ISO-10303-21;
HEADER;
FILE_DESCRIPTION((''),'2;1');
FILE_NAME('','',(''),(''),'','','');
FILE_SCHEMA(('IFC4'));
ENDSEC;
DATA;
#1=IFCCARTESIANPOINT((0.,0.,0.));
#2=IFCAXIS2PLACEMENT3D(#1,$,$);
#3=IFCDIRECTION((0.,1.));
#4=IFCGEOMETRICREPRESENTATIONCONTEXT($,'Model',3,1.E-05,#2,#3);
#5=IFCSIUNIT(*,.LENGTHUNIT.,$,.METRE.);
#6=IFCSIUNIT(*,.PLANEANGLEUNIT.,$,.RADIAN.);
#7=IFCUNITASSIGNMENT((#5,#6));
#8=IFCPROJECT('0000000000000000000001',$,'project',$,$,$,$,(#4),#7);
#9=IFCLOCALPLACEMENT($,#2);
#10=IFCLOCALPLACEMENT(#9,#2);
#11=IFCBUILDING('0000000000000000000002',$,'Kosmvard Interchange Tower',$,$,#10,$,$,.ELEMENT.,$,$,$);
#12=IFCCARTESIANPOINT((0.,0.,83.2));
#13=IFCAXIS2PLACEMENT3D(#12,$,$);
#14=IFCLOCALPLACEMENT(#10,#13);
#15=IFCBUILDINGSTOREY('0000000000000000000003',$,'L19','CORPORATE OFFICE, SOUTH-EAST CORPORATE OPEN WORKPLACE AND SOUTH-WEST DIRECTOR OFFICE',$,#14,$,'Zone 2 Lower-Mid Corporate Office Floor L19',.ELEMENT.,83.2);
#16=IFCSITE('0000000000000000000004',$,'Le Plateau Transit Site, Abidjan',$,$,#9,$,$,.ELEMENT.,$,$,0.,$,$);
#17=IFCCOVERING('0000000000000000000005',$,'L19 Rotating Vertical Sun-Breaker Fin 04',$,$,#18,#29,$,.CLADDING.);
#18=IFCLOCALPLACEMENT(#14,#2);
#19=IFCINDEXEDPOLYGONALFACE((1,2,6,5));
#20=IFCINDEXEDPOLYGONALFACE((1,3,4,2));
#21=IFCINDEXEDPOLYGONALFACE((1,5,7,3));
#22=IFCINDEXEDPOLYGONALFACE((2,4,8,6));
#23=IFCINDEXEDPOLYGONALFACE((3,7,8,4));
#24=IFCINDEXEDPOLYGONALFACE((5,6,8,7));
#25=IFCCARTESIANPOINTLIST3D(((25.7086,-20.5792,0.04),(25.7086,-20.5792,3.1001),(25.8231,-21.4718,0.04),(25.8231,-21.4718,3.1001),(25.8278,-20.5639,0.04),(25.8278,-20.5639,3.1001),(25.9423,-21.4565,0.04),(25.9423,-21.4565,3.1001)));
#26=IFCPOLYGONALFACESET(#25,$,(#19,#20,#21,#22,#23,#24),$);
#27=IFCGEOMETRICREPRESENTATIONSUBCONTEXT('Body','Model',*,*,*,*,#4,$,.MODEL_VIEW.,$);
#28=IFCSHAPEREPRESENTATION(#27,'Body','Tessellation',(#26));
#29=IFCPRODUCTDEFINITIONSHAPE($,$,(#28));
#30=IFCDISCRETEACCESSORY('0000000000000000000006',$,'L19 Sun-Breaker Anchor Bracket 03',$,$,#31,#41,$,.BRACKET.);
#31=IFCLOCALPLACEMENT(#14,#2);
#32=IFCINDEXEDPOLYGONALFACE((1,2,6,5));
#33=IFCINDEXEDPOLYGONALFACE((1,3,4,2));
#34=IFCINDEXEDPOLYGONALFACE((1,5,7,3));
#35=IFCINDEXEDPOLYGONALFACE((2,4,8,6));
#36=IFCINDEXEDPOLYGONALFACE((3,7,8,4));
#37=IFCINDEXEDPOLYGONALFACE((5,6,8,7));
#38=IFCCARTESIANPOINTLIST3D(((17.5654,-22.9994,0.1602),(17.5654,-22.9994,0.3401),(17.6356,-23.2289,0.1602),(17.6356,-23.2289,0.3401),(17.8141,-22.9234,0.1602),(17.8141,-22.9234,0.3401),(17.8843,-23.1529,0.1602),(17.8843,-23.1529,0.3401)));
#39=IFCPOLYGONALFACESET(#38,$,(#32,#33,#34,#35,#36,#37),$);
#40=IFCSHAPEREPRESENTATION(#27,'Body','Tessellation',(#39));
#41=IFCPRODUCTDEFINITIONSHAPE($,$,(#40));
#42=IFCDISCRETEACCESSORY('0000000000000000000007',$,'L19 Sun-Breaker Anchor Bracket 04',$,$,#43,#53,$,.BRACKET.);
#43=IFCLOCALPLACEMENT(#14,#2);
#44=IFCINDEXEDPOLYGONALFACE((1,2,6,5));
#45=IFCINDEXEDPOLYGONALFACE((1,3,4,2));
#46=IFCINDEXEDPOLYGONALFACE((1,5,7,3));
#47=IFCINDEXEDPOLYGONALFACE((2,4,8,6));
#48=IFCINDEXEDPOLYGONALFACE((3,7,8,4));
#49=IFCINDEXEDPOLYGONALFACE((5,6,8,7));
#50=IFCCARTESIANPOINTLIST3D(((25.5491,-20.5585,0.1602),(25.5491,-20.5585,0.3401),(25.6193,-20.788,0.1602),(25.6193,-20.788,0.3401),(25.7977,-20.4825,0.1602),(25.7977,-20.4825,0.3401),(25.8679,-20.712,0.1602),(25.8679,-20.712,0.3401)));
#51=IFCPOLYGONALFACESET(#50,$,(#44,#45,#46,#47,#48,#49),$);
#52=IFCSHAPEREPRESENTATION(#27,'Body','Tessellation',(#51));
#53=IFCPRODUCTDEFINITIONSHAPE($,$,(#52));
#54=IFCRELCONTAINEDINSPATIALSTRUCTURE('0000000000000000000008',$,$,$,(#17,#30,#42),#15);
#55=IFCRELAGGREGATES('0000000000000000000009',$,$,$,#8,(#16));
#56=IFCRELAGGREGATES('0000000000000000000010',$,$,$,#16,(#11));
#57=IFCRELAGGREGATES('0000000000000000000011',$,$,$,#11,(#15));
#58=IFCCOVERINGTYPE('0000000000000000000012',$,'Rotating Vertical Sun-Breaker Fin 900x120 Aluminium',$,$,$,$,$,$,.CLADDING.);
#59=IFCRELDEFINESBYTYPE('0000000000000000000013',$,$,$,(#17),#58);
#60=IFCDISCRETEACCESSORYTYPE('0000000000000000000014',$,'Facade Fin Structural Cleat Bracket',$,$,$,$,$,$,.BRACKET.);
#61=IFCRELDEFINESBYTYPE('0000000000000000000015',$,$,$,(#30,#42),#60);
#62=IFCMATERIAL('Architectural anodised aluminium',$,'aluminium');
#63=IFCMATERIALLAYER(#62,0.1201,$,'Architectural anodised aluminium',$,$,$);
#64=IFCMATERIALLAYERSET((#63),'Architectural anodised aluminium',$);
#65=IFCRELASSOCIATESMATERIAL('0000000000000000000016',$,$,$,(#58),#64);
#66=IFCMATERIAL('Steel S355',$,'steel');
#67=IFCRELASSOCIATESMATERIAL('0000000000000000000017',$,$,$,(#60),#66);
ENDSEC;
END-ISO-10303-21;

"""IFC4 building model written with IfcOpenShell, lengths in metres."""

from ifc_helpers import new_model, si_unit, direction, frame, origin, origin_2d, place, context, subcontext, project, spatial, rectangle, extrude, source, transform, mapped, material, layer, layer_set, type_object, element, save


model = new_model("IFC4")

# Units and contexts
model_context = context("Model", 3, precision=1e-05, world=origin(), true_north=direction((0.0, 1.0)))
body_context = subcontext(model_context, "Body", "Model", "MODEL_VIEW")
ifc_project = project(units=[si_unit("LENGTHUNIT", "METRE"), si_unit("PLANEANGLEUNIT", "RADIAN")], contexts=[model_context])

# Site, building, storey
site_placement = place(None, origin())
site = spatial("IfcSite", under=ifc_project, at=site_placement, Name="Le Plateau Transit Site, Abidjan", CompositionType="ELEMENT", RefElevation=0.0)
building_placement = place(site_placement, origin())
building = spatial("IfcBuilding", under=site, at=building_placement, Name="Kosmvard Interchange Tower", CompositionType="ELEMENT")
storey_placement = place(building_placement, frame((0.0, 0.0, 83.2)))
storey = spatial("IfcBuildingStorey", under=building, at=storey_placement, Name="L19", Description="CORPORATE OFFICE, SOUTH-EAST CORPORATE OPEN WORKPLACE AND SOUTH-WEST DIRECTOR OFFICE", LongName="Zone 2 Lower-Mid Corporate Office Floor L19", CompositionType="ELEMENT", Elevation=83.2)

# Shared definitions
ifc_material_1 = material(Name="Steel S355", Category="steel")

# Covering
ifc_material_2 = material(Name="Architectural anodised aluminium", Category="aluminium")
ifc_layer_1 = layer(ifc_material_2, 0.1201, Name="Architectural anodised aluminium")
ifc_layer_set_1 = layer_set([ifc_layer_1], Name="Architectural anodised aluminium")
covering_type = type_object("IfcCoveringType", Name="Rotating Vertical Sun-Breaker Fin 900x120 Aluminium", PredefinedType="CLADDING", material=ifc_layer_set_1)
shared_shape_1 = source(origin(), body_context, "Body", "SweptSolid", [
    extrude(rectangle(XDim=0.8999, YDim=0.1201, at=origin_2d()), origin(), (0.0, 0.0, 1.0), 3.0601),
])
for number, where, z_axis, x_axis, name in (
    (1, (25.8254, -21.0178, 0.04), (0.0, 0.0, 1.0), (0.127238, -0.991872, 0.0), "L19 Rotating Vertical Sun-Breaker Fin 04"),
):
    element("IfcCovering", number, at=place(storey_placement, frame(where, z_axis=z_axis, x_axis=x_axis)), inside=storey, type_object=covering_type, Name=name, PredefinedType="CLADDING", context=body_context, shape_type="MappedRepresentation", body=[
        mapped(shared_shape_1, transform((0.0, 0.0, 0.0), scale=1.0)),
    ])

# Discrete accessories
discrete_accessory_type = type_object("IfcDiscreteAccessoryType", Name="Facade Fin Structural Cleat Bracket", PredefinedType="BRACKET", material=ifc_material_1)
shared_shape_2 = source(origin(), body_context, "Body", "SweptSolid", [
    extrude(rectangle(XDim=0.24, YDim=0.26, at=origin_2d()), origin(), (0.0, 0.0, 1.0), 0.1799),
])
for number, where, z_axis, x_axis, name in (
    (2, (17.7249, -23.0762, 0.1602), (0.0, 0.0, 1.0), (0.292372, -0.956305, 0.0), "L19 Sun-Breaker Anchor Bracket 03"),
    (3, (25.7085, -20.6353, 0.1602), (0.0, 0.0, 1.0), (0.292372, -0.956305, 0.0), "L19 Sun-Breaker Anchor Bracket 04"),
):
    element("IfcDiscreteAccessory", number, at=place(storey_placement, frame(where, z_axis=z_axis, x_axis=x_axis)), inside=storey, type_object=discrete_accessory_type, Name=name, PredefinedType="BRACKET", context=body_context, shape_type="MappedRepresentation", body=[
        mapped(shared_shape_2, transform((0.0, 0.0, 0.0), scale=1.0)),
    ])

save(model, "model.ifc")
